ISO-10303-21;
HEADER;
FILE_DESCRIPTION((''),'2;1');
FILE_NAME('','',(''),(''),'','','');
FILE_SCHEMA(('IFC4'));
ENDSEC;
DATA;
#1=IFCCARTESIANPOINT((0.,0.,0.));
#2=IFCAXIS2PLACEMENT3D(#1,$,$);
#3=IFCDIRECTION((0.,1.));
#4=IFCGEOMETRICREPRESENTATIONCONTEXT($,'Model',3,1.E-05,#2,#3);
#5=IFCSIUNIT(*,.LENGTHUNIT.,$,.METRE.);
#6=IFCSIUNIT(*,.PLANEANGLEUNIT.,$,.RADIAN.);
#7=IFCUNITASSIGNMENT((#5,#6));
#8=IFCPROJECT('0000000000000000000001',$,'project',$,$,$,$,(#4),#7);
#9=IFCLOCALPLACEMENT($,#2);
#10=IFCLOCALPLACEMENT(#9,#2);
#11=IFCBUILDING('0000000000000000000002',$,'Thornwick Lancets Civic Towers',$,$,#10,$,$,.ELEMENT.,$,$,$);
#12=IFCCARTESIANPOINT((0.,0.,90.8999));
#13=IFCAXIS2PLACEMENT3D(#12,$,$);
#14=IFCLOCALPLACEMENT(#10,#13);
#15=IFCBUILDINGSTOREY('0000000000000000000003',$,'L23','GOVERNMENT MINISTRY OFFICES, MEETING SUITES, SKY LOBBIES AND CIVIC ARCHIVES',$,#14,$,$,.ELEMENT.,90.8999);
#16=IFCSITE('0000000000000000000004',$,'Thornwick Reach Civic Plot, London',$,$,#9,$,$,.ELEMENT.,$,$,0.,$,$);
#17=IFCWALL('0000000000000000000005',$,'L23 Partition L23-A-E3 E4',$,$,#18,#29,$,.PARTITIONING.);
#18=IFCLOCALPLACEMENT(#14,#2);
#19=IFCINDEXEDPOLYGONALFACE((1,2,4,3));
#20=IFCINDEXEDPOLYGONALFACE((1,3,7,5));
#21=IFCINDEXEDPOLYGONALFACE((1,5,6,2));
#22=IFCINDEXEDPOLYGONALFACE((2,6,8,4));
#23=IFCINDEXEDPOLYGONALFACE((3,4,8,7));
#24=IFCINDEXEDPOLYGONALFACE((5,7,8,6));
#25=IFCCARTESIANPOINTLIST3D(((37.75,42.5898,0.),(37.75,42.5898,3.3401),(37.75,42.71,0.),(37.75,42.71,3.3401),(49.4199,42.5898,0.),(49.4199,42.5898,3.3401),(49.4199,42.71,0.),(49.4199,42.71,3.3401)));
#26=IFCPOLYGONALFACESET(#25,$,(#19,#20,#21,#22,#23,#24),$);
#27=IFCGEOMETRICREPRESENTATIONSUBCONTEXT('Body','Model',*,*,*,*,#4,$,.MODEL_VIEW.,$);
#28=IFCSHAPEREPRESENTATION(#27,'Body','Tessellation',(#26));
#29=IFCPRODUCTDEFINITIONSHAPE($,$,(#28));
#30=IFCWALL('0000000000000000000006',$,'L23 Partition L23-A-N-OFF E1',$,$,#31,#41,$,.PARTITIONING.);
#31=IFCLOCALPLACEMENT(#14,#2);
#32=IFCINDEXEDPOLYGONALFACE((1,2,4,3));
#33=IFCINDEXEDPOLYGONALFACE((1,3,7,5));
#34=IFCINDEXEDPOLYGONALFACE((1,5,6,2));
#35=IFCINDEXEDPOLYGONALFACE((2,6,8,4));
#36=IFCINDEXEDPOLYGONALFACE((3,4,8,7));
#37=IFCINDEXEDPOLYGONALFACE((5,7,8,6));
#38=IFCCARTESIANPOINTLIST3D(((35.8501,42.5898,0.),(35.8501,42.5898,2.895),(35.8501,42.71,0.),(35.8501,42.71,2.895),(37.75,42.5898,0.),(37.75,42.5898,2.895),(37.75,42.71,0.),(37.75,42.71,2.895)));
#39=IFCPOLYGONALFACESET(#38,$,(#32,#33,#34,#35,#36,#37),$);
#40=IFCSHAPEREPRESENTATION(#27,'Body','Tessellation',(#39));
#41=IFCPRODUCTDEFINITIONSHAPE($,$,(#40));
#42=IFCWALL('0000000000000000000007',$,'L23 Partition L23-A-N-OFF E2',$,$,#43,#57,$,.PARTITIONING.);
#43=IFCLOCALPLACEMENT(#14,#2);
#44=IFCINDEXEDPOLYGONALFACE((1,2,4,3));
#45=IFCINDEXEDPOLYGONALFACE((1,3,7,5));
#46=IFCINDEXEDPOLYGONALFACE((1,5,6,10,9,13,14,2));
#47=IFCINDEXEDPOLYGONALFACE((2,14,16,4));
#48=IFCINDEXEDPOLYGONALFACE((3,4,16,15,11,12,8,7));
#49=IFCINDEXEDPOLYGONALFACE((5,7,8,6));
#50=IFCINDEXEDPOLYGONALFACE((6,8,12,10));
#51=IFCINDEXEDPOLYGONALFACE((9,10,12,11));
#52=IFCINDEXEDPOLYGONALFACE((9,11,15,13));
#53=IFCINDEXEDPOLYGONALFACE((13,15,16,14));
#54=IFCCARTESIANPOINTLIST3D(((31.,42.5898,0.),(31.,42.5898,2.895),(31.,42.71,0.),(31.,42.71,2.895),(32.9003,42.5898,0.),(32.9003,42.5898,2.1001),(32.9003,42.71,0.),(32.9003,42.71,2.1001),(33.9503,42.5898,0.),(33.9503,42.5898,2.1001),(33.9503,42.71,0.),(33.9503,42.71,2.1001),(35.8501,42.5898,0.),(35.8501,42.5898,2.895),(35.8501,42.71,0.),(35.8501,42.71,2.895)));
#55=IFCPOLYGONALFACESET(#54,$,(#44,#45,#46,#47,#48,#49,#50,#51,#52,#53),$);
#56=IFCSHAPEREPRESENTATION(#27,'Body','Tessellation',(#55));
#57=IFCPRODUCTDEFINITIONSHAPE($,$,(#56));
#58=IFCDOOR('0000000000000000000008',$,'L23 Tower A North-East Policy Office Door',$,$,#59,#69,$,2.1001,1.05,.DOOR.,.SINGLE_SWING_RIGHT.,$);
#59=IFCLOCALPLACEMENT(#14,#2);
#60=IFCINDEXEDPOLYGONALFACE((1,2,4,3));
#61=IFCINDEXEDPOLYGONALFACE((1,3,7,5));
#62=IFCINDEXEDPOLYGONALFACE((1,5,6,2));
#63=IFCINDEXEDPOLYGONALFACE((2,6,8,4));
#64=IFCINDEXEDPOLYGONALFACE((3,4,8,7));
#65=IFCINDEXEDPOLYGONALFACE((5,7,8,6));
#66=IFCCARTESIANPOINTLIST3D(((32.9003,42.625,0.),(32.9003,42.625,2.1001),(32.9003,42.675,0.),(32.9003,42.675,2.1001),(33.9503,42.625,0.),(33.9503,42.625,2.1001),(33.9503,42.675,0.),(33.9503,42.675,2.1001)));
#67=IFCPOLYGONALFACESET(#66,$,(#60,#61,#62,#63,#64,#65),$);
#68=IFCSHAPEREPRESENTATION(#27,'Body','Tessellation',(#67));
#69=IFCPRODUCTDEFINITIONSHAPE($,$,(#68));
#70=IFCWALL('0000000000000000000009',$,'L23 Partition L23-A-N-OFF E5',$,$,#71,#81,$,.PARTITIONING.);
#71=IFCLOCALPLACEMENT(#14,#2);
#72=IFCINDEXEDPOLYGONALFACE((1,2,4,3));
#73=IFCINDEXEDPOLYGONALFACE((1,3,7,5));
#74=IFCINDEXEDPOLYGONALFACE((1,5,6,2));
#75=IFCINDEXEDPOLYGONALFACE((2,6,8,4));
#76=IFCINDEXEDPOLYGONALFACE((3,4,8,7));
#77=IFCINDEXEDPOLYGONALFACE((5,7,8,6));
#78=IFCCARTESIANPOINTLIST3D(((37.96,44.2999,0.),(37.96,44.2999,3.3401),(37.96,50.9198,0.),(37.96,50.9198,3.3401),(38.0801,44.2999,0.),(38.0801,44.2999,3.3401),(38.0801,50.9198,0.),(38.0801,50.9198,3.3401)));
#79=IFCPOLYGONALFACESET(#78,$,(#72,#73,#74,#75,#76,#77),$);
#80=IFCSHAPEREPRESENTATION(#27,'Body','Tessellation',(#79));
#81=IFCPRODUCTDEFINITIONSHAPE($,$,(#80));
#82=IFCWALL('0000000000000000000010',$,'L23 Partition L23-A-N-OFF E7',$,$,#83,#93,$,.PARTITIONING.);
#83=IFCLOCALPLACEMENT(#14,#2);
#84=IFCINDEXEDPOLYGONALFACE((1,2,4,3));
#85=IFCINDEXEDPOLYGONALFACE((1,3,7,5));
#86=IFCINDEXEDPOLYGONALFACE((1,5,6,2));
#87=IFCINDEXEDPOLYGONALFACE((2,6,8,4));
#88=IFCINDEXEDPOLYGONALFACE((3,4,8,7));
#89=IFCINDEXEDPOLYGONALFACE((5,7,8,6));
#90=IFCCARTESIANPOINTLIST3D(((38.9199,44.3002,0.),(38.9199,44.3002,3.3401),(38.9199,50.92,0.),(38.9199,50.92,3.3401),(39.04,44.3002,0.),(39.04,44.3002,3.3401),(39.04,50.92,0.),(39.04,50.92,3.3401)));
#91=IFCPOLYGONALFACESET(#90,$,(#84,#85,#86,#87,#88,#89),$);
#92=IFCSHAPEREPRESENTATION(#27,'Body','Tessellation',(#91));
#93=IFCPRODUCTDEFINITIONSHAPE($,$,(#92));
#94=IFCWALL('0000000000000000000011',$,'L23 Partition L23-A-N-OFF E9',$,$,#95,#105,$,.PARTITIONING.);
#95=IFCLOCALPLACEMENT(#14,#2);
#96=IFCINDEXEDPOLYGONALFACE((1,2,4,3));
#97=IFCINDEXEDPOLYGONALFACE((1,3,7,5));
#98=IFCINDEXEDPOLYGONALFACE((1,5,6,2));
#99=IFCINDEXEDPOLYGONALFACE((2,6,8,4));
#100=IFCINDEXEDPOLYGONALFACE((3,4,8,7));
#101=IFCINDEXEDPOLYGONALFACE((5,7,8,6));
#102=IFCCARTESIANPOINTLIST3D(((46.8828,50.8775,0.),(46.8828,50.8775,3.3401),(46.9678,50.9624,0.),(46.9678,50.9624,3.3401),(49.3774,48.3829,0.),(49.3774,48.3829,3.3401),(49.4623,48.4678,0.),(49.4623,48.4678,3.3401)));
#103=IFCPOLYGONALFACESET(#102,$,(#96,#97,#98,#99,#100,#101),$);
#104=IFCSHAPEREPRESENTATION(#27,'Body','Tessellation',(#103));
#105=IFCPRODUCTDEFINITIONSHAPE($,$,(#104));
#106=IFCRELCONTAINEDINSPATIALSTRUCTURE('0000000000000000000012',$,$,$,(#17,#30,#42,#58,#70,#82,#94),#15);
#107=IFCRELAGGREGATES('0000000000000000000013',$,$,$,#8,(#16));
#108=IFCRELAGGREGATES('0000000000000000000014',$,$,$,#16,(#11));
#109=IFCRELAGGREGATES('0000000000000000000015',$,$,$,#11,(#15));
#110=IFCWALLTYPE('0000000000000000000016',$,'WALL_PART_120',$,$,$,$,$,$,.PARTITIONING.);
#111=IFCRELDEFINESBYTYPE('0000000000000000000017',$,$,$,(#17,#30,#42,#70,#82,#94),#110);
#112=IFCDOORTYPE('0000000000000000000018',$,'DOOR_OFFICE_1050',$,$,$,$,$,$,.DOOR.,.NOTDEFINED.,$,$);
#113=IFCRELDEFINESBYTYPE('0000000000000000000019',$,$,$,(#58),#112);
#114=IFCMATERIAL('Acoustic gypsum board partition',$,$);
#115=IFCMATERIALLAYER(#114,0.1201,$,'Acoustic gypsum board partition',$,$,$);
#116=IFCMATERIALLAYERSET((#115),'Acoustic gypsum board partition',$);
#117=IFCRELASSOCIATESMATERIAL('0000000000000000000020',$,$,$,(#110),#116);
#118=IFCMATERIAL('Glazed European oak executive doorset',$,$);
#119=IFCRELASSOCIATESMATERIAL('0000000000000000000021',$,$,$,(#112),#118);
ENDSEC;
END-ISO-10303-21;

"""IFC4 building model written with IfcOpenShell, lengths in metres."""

from ifc_helpers import new_model, si_unit, direction, frame, frame_2d, origin, place, context, subcontext, project, spatial, rectangle, extrude, material, layer, layer_set, type_object, element, fill, save


model = new_model("IFC4")

# Units and contexts
model_context = context("Model", 3, precision=1e-05, world=origin(), true_north=direction((0.0, 1.0)))
body_context = subcontext(model_context, "Body", "Model", "MODEL_VIEW")
ifc_project = project(units=[si_unit("LENGTHUNIT", "METRE"), si_unit("PLANEANGLEUNIT", "RADIAN")], contexts=[model_context])

# Site, building, storey
site_placement = place(None, origin())
site = spatial("IfcSite", under=ifc_project, at=site_placement, Name="Thornwick Reach Civic Plot, London", CompositionType="ELEMENT", RefElevation=0.0)
building_placement = place(site_placement, origin())
building = spatial("IfcBuilding", under=site, at=building_placement, Name="Thornwick Lancets Civic Towers", CompositionType="ELEMENT")
storey_placement = place(building_placement, frame((0.0, 0.0, 90.8999)))
storey = spatial("IfcBuildingStorey", under=building, at=storey_placement, Name="L23", Description="GOVERNMENT MINISTRY OFFICES, MEETING SUITES, SKY LOBBIES AND CIVIC ARCHIVES", CompositionType="ELEMENT", Elevation=90.8999)

# Walls
ifc_material_1 = material(Name="Acoustic gypsum board partition")
ifc_layer_1 = layer(ifc_material_1, 0.1201, Name="Acoustic gypsum board partition")
ifc_layer_set_1 = layer_set([ifc_layer_1], Name="Acoustic gypsum board partition")
wall_type_1 = type_object("IfcWallType", Name="WALL_PART_120", PredefinedType="PARTITIONING", material=ifc_layer_set_1)
wall_1_placement = place(storey_placement, frame((37.75, 42.6499, 0.0), z_axis=(0.0, 0.0, 1.0), x_axis=(1.0, 0.0, 0.0)))
element("IfcWall", 1, at=wall_1_placement, inside=storey, type_object=wall_type_1, Name="L23 Partition L23-A-E3 E4", PredefinedType="PARTITIONING", context=body_context, shape_type="SweptSolid", body=[
    extrude(rectangle(XDim=11.6699, YDim=0.1201, at=frame_2d((5.835, 0.0))), origin(), (0.0, 0.0, 1.0), 3.3401),
])
wall_2_placement = place(storey_placement, frame((37.75, 42.6499, 0.0), z_axis=(0.0, 0.0, 1.0), x_axis=(-1.0, 0.0, 0.0)))
element("IfcWall", 2, at=wall_2_placement, inside=storey, type_object=wall_type_1, Name="L23 Partition L23-A-N-OFF E1", PredefinedType="PARTITIONING", context=body_context, shape_type="SweptSolid", body=[
    extrude(rectangle(XDim=1.8999, YDim=0.1201, at=frame_2d((0.95, 0.0))), origin(), (0.0, 0.0, 1.0), 2.895),
])

# Wall, opening, door
wall_3_placement = place(storey_placement, frame((35.8501, 42.6499, 0.0), z_axis=(0.0, 0.0, 1.0), x_axis=(-1.0, 0.0, 0.0)))
wall_3 = element("IfcWall", 3, at=wall_3_placement, inside=storey, type_object=wall_type_1, Name="L23 Partition L23-A-N-OFF E2", PredefinedType="PARTITIONING", context=body_context, shape_type="SweptSolid", body=[
    extrude(rectangle(XDim=4.8501, YDim=0.1201, at=frame_2d((2.425, 0.0))), origin(), (0.0, 0.0, 1.0), 2.895),
])
opening_1_placement = place(wall_3_placement, frame((1.8999, 0.0, 0.0)))
opening_1 = element("IfcOpeningElement", 4, at=opening_1_placement, cuts=wall_3, PredefinedType="OPENING", context=body_context, shape_type="SweptSolid", body=[
    extrude(rectangle(XDim=1.05, YDim=2.1001, at=frame_2d((0.5249, 1.05))), frame((0.0, 0.0701, 0.0), z_axis=(0.0, -1.0, 0.0), x_axis=(1.0, 0.0, 0.0)), (0.0, 0.0, 1.0), 0.1401),
])
ifc_material_2 = material(Name="Glazed European oak executive doorset")
door_type_1 = type_object("IfcDoorType", Name="DOOR_OFFICE_1050", OperationType="NOTDEFINED", PredefinedType="DOOR", material=ifc_material_2)
door_1_placement = place(opening_1_placement, origin())
door_1 = element("IfcDoor", 5, at=door_1_placement, inside=storey, type_object=door_type_1, Name="L23 Tower A North-East Policy Office Door", OperationType="SINGLE_SWING_RIGHT", OverallHeight=2.1001, OverallWidth=1.05, PredefinedType="DOOR", context=body_context, shape_type="SweptSolid", body=[
    extrude(rectangle(XDim=1.05, YDim=2.1001, at=frame_2d((0.5249, 1.05))), frame((0.0, 0.0249, 0.0), z_axis=(0.0, -1.0, 0.0), x_axis=(1.0, 0.0, 0.0)), (0.0, 0.0, 1.0), 0.05),
])
fill(opening_1, door_1)

# Walls
for number, where, z_axis, x_axis, name in (
    (6, (38.02, 50.9199, 0.0), (0.0, 0.0, 1.0), (0.0, -1.0, 0.0), "L23 Partition L23-A-N-OFF E5"),
    (7, (38.98, 44.3, 0.0), (0.0, 0.0, 1.0), (0.0, 1.0, 0.0), "L23 Partition L23-A-N-OFF E7"),
):
    element("IfcWall", number, at=place(storey_placement, frame(where, z_axis=z_axis, x_axis=x_axis)), inside=storey, type_object=wall_type_1, Name=name, PredefinedType="PARTITIONING", context=body_context, shape_type="SweptSolid", body=[
        extrude(rectangle(XDim=6.6199, YDim=0.1201, at=frame_2d((3.3101, 0.0))), origin(), (0.0, 0.0, 1.0), 3.3401),
    ])
wall_4_placement = place(storey_placement, frame((46.9253, 50.9199, 0.0), z_axis=(0.0, 0.0, 1.0), x_axis=(0.707107, -0.707107, 0.0)))
element("IfcWall", 8, at=wall_4_placement, inside=storey, type_object=wall_type_1, Name="L23 Partition L23-A-N-OFF E9", PredefinedType="PARTITIONING", context=body_context, shape_type="SweptSolid", body=[
    extrude(rectangle(XDim=3.5278, YDim=0.1201, at=frame_2d((1.7639, 0.0))), origin(), (0.0, 0.0, 1.0), 3.3401),
])

save(model, "model.ifc")
